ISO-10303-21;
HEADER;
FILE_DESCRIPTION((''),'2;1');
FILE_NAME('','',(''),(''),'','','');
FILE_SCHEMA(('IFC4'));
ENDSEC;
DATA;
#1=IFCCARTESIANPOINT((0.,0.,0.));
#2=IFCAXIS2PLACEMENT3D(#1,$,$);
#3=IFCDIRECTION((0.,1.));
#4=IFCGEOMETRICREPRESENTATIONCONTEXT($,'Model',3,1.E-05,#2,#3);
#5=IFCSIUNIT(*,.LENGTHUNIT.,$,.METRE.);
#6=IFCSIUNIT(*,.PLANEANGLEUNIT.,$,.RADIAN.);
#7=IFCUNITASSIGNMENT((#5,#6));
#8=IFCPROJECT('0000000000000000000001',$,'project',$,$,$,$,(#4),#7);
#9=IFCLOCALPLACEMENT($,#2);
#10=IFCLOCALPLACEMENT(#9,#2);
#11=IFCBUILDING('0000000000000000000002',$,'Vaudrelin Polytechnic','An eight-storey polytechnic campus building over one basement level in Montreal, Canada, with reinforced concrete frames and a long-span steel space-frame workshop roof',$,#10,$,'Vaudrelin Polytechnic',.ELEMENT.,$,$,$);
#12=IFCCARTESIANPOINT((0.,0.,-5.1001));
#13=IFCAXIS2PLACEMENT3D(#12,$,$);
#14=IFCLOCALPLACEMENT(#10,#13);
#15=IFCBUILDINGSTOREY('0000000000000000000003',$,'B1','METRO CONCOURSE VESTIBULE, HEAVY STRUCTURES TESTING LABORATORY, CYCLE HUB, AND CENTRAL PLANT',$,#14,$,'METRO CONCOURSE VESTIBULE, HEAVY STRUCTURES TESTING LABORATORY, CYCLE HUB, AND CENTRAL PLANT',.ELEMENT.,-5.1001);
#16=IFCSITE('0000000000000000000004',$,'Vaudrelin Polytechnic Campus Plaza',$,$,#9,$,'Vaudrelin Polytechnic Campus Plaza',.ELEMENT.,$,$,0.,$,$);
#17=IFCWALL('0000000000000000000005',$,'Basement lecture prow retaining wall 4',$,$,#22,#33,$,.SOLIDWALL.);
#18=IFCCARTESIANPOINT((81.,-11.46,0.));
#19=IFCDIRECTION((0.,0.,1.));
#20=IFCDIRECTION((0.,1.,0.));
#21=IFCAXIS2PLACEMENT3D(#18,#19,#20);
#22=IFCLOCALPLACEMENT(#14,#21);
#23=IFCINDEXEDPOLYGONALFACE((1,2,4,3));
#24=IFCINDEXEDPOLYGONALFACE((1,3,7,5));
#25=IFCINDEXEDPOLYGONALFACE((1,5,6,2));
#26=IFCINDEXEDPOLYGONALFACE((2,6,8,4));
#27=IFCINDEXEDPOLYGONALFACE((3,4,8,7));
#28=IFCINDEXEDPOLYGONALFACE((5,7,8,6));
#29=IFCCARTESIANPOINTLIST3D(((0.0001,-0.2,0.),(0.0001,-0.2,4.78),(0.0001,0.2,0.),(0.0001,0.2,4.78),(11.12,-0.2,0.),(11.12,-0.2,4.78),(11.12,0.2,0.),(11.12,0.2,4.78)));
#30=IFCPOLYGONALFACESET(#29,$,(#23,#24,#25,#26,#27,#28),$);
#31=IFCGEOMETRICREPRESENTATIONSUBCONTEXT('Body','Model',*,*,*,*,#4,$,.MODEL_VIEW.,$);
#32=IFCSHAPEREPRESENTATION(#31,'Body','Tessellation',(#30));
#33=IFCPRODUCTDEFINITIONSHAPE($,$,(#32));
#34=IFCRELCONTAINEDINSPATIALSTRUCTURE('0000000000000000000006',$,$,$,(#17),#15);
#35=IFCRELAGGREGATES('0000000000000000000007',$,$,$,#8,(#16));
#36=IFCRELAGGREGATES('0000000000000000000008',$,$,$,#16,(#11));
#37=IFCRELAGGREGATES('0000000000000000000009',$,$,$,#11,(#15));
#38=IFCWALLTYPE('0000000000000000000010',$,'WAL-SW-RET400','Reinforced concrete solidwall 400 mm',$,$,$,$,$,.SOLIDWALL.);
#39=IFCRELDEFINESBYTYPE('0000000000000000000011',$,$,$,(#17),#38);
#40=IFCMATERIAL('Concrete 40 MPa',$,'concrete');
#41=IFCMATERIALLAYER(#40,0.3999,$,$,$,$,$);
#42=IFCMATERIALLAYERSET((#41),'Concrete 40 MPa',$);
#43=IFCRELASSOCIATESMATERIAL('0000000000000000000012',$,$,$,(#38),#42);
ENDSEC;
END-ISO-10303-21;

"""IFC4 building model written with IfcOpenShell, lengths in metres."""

from ifc_helpers import new_model, si_unit, direction, frame, frame_2d, origin, place, context, subcontext, project, spatial, rectangle, extrude, material, layer, layer_set, type_object, element, save


model = new_model("IFC4")

# Units and contexts
model_context = context("Model", 3, precision=1e-05, world=origin(), true_north=direction((0.0, 1.0)))
body_context = subcontext(model_context, "Body", "Model", "MODEL_VIEW")
ifc_project = project(units=[si_unit("LENGTHUNIT", "METRE"), si_unit("PLANEANGLEUNIT", "RADIAN")], contexts=[model_context])

# Site, building, storey
site_placement = place(None, origin())
site = spatial("IfcSite", under=ifc_project, at=site_placement, Name="Vaudrelin Polytechnic Campus Plaza", LongName="Vaudrelin Polytechnic Campus Plaza", CompositionType="ELEMENT", RefElevation=0.0)
building_placement = place(site_placement, origin())
building = spatial("IfcBuilding", under=site, at=building_placement, Name="Vaudrelin Polytechnic", Description="An eight-storey polytechnic campus building over one basement level in Montreal, Canada, with reinforced concrete frames and a long-span steel space-frame workshop roof", LongName="Vaudrelin Polytechnic", CompositionType="ELEMENT")
storey_placement = place(building_placement, frame((0.0, 0.0, -5.1001)))
storey = spatial("IfcBuildingStorey", under=building, at=storey_placement, Name="B1", Description="METRO CONCOURSE VESTIBULE, HEAVY STRUCTURES TESTING LABORATORY, CYCLE HUB, AND CENTRAL PLANT", LongName="METRO CONCOURSE VESTIBULE, HEAVY STRUCTURES TESTING LABORATORY, CYCLE HUB, AND CENTRAL PLANT", CompositionType="ELEMENT", Elevation=-5.1001)

# Shared definitions
ifc_material_1 = material(Name="Concrete 40 MPa", Category="concrete")

# Wall
ifc_layer_1 = layer(ifc_material_1, 0.3999)
ifc_layer_set_1 = layer_set([ifc_layer_1], Name="Concrete 40 MPa")
wall_type_1 = type_object("IfcWallType", Name="WAL-SW-RET400", Description="Reinforced concrete solidwall 400 mm", PredefinedType="SOLIDWALL", material=ifc_layer_set_1)
wall_1_placement = place(storey_placement, frame((81.0, -11.46, 0.0), z_axis=(0.0, 0.0, 1.0), x_axis=(0.0, 1.0, 0.0)))
element("IfcWall", 1, at=wall_1_placement, inside=storey, type_object=wall_type_1, Name="Basement lecture prow retaining wall 4", PredefinedType="SOLIDWALL", context=body_context, shape_type="SweptSolid", body=[
    extrude(rectangle(XDim=11.1199, YDim=0.3999, at=frame_2d((5.5601, 0.0))), origin(), (0.0, 0.0, 1.0), 4.78),
])

save(model, "model.ifc")
